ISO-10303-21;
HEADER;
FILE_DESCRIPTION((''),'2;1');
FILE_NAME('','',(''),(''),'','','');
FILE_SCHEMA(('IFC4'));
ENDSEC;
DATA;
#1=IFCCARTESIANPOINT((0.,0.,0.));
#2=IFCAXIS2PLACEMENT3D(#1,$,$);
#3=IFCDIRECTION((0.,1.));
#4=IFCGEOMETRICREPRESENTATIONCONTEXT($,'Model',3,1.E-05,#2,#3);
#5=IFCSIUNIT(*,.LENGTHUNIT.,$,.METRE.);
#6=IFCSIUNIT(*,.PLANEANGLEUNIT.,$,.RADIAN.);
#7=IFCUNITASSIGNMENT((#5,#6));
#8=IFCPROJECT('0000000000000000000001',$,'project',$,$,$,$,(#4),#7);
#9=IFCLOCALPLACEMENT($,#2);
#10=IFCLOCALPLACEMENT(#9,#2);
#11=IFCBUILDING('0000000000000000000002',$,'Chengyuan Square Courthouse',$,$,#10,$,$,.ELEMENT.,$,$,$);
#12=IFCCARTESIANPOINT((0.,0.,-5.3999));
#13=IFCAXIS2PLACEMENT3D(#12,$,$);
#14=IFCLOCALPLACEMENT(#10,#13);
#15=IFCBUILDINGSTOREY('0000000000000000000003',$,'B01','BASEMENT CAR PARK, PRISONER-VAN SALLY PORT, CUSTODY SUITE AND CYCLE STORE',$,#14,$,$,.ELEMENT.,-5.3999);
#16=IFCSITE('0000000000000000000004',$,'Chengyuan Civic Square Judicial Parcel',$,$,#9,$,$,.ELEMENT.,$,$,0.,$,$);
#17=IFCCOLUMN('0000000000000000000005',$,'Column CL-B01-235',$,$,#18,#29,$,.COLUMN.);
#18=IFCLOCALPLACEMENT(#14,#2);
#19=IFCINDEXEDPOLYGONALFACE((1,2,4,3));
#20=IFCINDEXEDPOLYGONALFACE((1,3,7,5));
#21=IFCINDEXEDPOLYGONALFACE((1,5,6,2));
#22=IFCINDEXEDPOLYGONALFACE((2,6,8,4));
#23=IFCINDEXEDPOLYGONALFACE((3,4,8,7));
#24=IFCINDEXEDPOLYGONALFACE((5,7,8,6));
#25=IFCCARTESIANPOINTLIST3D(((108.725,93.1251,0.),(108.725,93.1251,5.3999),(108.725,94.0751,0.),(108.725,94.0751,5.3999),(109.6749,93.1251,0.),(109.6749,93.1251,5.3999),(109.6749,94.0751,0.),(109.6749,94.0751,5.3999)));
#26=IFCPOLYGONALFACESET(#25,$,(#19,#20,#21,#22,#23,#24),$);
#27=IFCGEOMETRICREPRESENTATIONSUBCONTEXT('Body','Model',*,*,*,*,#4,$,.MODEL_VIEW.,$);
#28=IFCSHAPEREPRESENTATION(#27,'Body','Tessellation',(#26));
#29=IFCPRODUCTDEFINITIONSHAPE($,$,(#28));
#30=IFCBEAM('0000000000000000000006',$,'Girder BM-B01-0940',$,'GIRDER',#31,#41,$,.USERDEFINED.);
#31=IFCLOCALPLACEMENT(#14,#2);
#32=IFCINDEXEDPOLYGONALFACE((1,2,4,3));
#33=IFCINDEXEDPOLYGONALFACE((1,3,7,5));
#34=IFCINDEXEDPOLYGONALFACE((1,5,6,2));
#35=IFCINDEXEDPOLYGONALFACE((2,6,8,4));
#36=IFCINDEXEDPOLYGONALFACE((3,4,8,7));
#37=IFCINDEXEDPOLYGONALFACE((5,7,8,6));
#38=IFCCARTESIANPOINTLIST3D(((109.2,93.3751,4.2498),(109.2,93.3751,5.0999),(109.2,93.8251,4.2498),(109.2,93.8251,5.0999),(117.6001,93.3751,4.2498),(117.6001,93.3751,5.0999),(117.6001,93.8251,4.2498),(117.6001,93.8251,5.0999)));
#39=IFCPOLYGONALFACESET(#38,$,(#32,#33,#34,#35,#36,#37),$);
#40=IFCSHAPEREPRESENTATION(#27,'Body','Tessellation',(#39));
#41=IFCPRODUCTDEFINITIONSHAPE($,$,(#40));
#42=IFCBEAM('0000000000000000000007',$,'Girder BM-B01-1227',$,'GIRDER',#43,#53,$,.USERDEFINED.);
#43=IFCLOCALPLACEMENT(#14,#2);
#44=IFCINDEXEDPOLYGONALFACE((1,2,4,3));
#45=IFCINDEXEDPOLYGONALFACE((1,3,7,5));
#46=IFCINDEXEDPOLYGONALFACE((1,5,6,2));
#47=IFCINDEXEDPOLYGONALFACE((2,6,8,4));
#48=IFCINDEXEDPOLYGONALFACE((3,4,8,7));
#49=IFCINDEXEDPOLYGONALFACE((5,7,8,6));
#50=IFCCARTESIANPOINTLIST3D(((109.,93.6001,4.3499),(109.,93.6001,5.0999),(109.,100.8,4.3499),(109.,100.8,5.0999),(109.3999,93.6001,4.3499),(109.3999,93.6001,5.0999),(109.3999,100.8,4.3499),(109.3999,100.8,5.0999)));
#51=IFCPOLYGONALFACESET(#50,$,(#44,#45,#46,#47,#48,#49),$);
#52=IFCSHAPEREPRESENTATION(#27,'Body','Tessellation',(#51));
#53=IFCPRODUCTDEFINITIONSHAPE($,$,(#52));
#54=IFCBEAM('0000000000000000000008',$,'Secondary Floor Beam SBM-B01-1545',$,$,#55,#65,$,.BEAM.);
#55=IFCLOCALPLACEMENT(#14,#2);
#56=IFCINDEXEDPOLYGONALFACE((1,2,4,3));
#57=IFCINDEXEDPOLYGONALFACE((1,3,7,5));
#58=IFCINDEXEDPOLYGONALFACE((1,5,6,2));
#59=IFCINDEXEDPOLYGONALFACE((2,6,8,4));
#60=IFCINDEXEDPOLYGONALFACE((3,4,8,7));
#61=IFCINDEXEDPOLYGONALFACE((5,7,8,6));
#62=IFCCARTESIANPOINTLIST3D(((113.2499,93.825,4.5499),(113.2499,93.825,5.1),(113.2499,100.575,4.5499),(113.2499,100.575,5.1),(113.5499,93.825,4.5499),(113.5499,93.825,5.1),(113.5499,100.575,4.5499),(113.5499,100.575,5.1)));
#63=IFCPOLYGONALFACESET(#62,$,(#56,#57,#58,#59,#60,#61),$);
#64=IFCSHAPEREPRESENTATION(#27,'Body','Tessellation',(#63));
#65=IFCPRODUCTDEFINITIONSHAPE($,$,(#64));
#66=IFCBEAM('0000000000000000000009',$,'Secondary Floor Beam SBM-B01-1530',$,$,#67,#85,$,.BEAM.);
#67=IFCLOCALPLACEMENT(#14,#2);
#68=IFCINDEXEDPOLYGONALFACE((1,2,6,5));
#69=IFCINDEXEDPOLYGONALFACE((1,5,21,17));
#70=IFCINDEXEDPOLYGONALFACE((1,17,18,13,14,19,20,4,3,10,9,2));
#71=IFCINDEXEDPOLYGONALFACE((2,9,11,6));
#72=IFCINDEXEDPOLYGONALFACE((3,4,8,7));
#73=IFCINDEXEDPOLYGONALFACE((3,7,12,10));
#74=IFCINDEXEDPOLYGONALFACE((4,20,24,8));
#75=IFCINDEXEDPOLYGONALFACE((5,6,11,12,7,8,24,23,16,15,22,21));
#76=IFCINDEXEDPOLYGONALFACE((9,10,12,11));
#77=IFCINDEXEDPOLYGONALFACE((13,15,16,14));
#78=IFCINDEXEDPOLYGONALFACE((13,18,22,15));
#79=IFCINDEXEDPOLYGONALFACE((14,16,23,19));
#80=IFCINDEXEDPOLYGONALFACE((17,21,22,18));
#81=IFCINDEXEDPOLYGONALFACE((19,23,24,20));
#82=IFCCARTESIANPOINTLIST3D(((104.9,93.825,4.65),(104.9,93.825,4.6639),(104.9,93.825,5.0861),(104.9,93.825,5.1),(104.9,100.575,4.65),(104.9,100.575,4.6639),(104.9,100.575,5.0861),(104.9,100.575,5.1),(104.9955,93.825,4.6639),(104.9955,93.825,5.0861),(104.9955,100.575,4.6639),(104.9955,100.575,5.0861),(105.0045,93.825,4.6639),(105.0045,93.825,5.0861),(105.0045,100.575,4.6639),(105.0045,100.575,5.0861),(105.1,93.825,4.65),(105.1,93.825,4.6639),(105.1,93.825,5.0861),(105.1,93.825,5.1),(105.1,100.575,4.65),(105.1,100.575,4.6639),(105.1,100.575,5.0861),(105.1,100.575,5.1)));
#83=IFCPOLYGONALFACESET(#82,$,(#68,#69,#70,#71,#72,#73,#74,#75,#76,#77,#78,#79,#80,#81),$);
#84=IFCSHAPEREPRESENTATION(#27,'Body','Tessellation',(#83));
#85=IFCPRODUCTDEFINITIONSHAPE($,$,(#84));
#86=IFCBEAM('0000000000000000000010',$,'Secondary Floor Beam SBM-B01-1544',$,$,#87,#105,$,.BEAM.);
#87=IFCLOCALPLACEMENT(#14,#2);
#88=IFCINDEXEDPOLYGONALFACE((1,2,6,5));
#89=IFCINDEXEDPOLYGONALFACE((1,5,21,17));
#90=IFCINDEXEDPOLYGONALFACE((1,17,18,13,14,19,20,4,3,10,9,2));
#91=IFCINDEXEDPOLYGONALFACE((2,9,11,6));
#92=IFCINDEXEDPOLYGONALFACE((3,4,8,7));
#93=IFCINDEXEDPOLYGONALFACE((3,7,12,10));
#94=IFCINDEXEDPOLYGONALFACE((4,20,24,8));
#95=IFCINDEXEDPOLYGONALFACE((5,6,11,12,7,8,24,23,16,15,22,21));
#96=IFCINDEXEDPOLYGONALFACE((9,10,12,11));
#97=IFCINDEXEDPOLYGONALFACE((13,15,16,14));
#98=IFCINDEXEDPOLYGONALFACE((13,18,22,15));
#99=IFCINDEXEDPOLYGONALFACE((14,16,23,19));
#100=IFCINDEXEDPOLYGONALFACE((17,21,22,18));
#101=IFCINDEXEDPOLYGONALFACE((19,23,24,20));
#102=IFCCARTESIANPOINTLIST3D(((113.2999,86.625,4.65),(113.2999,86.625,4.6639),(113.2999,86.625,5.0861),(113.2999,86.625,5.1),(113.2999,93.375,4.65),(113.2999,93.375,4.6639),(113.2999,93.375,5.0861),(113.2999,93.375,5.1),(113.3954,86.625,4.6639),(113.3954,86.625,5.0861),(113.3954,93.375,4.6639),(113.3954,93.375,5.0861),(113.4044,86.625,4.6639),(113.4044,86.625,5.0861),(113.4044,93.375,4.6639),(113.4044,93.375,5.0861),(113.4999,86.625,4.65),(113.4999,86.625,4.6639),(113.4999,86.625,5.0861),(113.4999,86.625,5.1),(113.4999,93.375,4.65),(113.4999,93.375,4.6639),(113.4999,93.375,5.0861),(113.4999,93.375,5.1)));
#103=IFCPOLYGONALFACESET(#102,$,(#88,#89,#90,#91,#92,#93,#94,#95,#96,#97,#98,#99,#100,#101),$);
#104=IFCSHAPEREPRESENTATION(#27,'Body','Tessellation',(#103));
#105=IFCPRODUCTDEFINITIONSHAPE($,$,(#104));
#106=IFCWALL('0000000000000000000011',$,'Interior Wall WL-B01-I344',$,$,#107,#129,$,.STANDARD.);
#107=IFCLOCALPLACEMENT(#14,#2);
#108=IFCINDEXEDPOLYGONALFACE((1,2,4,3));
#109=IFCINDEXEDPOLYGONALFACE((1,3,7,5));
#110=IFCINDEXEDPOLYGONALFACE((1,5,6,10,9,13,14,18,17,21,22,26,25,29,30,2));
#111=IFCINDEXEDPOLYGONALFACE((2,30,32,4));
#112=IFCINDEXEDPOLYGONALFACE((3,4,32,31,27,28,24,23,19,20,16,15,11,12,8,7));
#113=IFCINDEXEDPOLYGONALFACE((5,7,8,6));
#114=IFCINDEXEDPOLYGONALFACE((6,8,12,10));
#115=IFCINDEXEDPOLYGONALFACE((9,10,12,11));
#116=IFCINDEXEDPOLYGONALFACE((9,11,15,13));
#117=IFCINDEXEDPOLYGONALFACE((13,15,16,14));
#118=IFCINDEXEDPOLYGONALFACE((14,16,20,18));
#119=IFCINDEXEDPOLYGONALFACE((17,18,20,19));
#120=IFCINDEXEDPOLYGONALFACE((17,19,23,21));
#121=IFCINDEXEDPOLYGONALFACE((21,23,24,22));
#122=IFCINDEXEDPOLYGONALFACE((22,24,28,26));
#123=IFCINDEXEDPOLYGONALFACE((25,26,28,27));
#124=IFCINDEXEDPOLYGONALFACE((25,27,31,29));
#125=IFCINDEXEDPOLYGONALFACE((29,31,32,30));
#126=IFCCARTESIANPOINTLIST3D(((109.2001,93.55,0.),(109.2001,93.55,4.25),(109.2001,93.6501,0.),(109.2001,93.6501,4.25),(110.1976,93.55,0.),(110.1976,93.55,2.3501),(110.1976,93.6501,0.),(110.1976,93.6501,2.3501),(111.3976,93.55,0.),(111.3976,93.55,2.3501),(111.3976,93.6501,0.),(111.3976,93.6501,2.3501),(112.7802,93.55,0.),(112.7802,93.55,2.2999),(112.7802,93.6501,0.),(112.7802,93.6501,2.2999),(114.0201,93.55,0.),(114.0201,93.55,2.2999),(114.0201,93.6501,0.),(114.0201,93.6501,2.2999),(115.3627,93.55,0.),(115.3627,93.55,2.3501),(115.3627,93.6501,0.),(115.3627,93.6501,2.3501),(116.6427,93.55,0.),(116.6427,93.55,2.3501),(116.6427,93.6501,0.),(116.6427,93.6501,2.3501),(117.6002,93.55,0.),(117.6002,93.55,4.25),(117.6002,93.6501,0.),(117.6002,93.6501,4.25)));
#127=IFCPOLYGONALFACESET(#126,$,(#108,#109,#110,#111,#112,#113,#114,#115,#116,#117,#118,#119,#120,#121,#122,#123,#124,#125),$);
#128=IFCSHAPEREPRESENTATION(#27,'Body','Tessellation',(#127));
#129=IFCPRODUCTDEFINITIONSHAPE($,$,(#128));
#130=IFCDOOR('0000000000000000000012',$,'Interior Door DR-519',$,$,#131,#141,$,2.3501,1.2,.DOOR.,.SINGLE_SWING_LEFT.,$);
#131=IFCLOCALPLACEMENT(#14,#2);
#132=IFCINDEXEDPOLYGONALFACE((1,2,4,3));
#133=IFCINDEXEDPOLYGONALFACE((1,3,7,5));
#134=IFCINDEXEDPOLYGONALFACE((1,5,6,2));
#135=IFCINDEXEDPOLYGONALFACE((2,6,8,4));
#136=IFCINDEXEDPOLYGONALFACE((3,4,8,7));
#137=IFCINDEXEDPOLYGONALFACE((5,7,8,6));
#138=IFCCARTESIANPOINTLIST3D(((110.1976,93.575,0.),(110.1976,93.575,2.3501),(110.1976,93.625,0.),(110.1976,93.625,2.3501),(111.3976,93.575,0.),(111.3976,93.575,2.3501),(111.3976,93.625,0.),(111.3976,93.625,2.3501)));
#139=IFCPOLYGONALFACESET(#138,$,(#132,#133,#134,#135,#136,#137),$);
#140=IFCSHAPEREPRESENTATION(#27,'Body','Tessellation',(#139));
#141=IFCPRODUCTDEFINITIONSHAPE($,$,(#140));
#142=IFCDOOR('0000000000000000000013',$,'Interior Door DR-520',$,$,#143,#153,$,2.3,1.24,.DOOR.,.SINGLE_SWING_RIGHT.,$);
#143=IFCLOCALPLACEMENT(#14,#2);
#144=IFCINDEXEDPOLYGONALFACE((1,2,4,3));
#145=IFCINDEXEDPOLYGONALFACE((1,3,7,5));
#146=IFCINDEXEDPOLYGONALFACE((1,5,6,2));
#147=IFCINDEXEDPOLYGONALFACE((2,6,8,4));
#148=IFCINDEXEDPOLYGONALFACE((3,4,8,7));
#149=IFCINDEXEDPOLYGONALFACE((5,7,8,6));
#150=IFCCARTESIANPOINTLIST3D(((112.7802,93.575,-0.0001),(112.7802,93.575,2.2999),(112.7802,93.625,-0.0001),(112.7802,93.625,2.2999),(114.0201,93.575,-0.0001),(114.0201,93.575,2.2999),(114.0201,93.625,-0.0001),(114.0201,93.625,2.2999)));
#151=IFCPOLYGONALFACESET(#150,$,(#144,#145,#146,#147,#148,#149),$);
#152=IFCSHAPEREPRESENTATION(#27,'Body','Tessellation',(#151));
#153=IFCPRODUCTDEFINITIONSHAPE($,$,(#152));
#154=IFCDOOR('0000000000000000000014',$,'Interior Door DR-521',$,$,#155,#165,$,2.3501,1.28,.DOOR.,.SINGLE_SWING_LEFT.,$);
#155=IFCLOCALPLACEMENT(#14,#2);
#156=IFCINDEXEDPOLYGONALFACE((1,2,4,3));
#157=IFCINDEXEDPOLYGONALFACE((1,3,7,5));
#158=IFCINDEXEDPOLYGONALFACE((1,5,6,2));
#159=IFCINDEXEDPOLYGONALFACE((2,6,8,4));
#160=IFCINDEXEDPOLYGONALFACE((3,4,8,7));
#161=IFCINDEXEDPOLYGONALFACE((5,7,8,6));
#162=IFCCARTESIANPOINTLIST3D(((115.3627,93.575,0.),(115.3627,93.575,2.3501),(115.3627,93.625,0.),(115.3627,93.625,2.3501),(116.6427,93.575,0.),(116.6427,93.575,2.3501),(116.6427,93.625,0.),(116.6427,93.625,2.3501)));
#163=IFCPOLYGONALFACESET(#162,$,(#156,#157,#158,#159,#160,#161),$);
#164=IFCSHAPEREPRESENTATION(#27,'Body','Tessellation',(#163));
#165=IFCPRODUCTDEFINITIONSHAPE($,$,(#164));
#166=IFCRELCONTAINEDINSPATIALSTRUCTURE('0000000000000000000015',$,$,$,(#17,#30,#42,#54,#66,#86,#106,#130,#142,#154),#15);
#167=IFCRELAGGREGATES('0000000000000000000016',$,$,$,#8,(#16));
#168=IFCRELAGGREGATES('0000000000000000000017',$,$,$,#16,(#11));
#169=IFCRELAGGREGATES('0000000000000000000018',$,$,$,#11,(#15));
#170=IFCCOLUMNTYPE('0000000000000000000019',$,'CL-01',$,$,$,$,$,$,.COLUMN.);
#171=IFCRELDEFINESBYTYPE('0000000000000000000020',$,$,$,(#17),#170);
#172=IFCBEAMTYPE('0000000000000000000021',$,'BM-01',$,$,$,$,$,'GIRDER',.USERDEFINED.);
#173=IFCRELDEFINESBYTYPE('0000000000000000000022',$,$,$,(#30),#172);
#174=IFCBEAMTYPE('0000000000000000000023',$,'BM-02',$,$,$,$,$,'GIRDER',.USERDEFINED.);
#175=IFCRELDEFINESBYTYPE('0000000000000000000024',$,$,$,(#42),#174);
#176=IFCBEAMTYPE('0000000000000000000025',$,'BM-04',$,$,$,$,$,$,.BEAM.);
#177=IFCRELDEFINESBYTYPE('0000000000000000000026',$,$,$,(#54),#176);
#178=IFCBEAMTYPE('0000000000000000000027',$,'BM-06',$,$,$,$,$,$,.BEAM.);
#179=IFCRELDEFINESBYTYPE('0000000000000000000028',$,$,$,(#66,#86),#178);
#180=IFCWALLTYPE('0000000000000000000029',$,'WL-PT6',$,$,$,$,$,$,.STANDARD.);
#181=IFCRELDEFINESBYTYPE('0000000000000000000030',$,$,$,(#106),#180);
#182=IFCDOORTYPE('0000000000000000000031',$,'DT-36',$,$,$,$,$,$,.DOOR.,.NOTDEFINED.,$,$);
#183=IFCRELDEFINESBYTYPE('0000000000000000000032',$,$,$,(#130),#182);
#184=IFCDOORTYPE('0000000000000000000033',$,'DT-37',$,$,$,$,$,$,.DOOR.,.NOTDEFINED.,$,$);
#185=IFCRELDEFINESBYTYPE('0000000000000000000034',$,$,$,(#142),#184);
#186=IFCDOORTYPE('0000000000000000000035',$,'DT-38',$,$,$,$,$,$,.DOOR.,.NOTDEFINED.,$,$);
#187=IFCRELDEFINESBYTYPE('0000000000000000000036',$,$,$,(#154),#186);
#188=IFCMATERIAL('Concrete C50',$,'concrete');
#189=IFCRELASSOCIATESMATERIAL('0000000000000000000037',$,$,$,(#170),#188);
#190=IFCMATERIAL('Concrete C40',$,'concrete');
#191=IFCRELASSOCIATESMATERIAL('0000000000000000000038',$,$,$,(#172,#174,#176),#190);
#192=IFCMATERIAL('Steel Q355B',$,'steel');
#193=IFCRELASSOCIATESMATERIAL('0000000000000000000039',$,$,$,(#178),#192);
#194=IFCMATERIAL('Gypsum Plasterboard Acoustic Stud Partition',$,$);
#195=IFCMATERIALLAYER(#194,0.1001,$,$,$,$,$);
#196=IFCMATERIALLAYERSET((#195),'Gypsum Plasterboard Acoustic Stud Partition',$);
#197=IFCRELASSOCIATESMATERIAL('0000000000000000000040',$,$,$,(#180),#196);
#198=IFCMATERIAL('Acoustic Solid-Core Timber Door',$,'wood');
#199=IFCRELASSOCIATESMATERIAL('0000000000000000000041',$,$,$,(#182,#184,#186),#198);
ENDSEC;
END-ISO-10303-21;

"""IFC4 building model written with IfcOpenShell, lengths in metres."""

from ifc_helpers import new_model, si_unit, direction, frame, frame_2d, origin, origin_2d, place, context, subcontext, project, spatial, rectangle, i_section, extrude, material, layer, layer_set, material_profile, profile_set, type_object, element, fill, save


model = new_model("IFC4")

# Units and contexts
model_context = context("Model", 3, precision=1e-05, world=origin(), true_north=direction((0.0, 1.0)))
body_context = subcontext(model_context, "Body", "Model", "MODEL_VIEW")
ifc_project = project(units=[si_unit("LENGTHUNIT", "METRE"), si_unit("PLANEANGLEUNIT", "RADIAN")], contexts=[model_context])

# Site, building, storey
site_placement = place(None, origin())
site = spatial("IfcSite", under=ifc_project, at=site_placement, Name="Chengyuan Civic Square Judicial Parcel", CompositionType="ELEMENT", RefElevation=0.0)
building_placement = place(site_placement, origin())
building = spatial("IfcBuilding", under=site, at=building_placement, Name="Chengyuan Square Courthouse", CompositionType="ELEMENT")
storey_placement = place(building_placement, frame((0.0, 0.0, -5.3999)))
storey = spatial("IfcBuildingStorey", under=building, at=storey_placement, Name="B01", Description="BASEMENT CAR PARK, PRISONER-VAN SALLY PORT, CUSTODY SUITE AND CYCLE STORE", CompositionType="ELEMENT", Elevation=-5.3999)

# Column
ifc_material_1 = material(Name="Concrete C50", Category="concrete")
ifc_material_profile_1 = material_profile(ifc_material_1, rectangle(XDim=0.95, YDim=0.95, at=origin_2d()), Name="RC-COL-950x950")
ifc_profile_set_1 = profile_set([ifc_material_profile_1], Name="Concrete C50")
column_type = type_object("IfcColumnType", Name="CL-01", PredefinedType="COLUMN", material=ifc_profile_set_1)
column_placement = place(storey_placement, frame((109.2, 93.6001, 0.0), z_axis=(0.0, 0.0, 1.0), x_axis=(1.0, 0.0, 0.0)))
element("IfcColumn", 1, at=column_placement, inside=storey, type_object=column_type, Name="Column CL-B01-235", PredefinedType="COLUMN", context=body_context, shape_type="SweptSolid", body=[
    extrude(rectangle(XDim=0.95, YDim=0.95, at=origin_2d()), origin(), (0.0, 0.0, 1.0), 5.3999),
])

# Beams
ifc_material_2 = material(Name="Concrete C40", Category="concrete")
ifc_material_profile_2 = material_profile(ifc_material_2, rectangle(XDim=0.45, YDim=0.8501, at=origin_2d()), Name="RC-BM-450x850")
ifc_profile_set_2 = profile_set([ifc_material_profile_2], Name="Concrete C40")
beam_type_1 = type_object("IfcBeamType", Name="BM-01", ElementType="GIRDER", PredefinedType="USERDEFINED", material=ifc_profile_set_2)
beam_1_placement = place(storey_placement, frame((109.2, 93.6001, 4.6748), z_axis=(1.0, 0.0, 0.0), x_axis=(0.0, 1.0, 0.0)))
element("IfcBeam", 2, at=beam_1_placement, inside=storey, type_object=beam_type_1, Name="Girder BM-B01-0940", ObjectType="GIRDER", PredefinedType="USERDEFINED", context=body_context, shape_type="SweptSolid", body=[
    extrude(rectangle(XDim=0.45, YDim=0.8501, at=origin_2d()), origin(), (0.0, 0.0, 1.0), 8.4001),
])
ifc_material_profile_3 = material_profile(ifc_material_2, rectangle(XDim=0.3999, YDim=0.75, at=origin_2d()), Name="RC-BM-400x750")
ifc_profile_set_3 = profile_set([ifc_material_profile_3], Name="Concrete C40")
beam_type_2 = type_object("IfcBeamType", Name="BM-02", ElementType="GIRDER", PredefinedType="USERDEFINED", material=ifc_profile_set_3)
beam_2_placement = place(storey_placement, frame((109.2, 93.6001, 4.7249), z_axis=(0.0, 1.0, 0.0), x_axis=(-1.0, 0.0, 0.0)))
element("IfcBeam", 3, at=beam_2_placement, inside=storey, type_object=beam_type_2, Name="Girder BM-B01-1227", ObjectType="GIRDER", PredefinedType="USERDEFINED", context=body_context, shape_type="SweptSolid", body=[
    extrude(rectangle(XDim=0.3999, YDim=0.75, at=origin_2d()), origin(), (0.0, 0.0, 1.0), 7.2),
])
ifc_material_profile_4 = material_profile(ifc_material_2, rectangle(XDim=0.3, YDim=0.55, at=origin_2d()), Name="RC-BM-300x550")
ifc_profile_set_4 = profile_set([ifc_material_profile_4], Name="Concrete C40")
beam_type_3 = type_object("IfcBeamType", Name="BM-04", PredefinedType="BEAM", material=ifc_profile_set_4)
beam_3_placement = place(storey_placement, frame((113.3999, 93.825, 4.825), z_axis=(0.0, 1.0, 0.0), x_axis=(-1.0, 0.0, 0.0)))
element("IfcBeam", 4, at=beam_3_placement, inside=storey, type_object=beam_type_3, Name="Secondary Floor Beam SBM-B01-1545", PredefinedType="BEAM", context=body_context, shape_type="SweptSolid", body=[
    extrude(rectangle(XDim=0.3, YDim=0.55, at=origin_2d()), origin(), (0.0, 0.0, 1.0), 6.75),
])
ifc_material_3 = material(Name="Steel Q355B", Category="steel")
ifc_material_profile_5 = material_profile(ifc_material_3, i_section(OverallWidth=0.2, OverallDepth=0.45, WebThickness=0.009, FlangeThickness=0.0139, at=origin_2d()), Name="HN 450x200x9x14")
ifc_profile_set_5 = profile_set([ifc_material_profile_5], Name="Steel Q355B")
beam_type_4 = type_object("IfcBeamType", Name="BM-06", PredefinedType="BEAM", material=ifc_profile_set_5)
for number, where, z_axis, x_axis, name in (
    (5, (105.0, 93.825, 4.875), (0.0, 1.0, 0.0), (-1.0, 0.0, 0.0), "Secondary Floor Beam SBM-B01-1530"),
    (6, (113.3999, 86.625, 4.875), (0.0, 1.0, 0.0), (-1.0, 0.0, 0.0), "Secondary Floor Beam SBM-B01-1544"),
):
    element("IfcBeam", number, at=place(storey_placement, frame(where, z_axis=z_axis, x_axis=x_axis)), inside=storey, type_object=beam_type_4, Name=name, PredefinedType="BEAM", context=body_context, shape_type="SweptSolid", body=[
        extrude(i_section(OverallWidth=0.2, OverallDepth=0.45, WebThickness=0.009, FlangeThickness=0.0139, at=origin_2d()), origin(), (0.0, 0.0, 1.0), 6.75),
    ])

# Wall, openings, doors
ifc_material_4 = material(Name="Gypsum Plasterboard Acoustic Stud Partition")
ifc_layer_1 = layer(ifc_material_4, 0.1001)
ifc_layer_set_1 = layer_set([ifc_layer_1], Name="Gypsum Plasterboard Acoustic Stud Partition")
wall_type_1 = type_object("IfcWallType", Name="WL-PT6", PredefinedType="STANDARD", material=ifc_layer_set_1)
wall_1_placement = place(storey_placement, frame((109.2, 93.6001, 0.0), z_axis=(0.0, 0.0, 1.0), x_axis=(1.0, 0.0, 0.0)))
wall_1 = element("IfcWall", 7, at=wall_1_placement, inside=storey, type_object=wall_type_1, Name="Interior Wall WL-B01-I344", PredefinedType="STANDARD", context=body_context, shape_type="SweptSolid", body=[
    extrude(rectangle(XDim=8.4001, YDim=0.1001, at=frame_2d((4.2002, 0.0))), origin(), (0.0, 0.0, 1.0), 4.25),
])
opening_1_placement = place(wall_1_placement, frame((0.9976, 0.0, 0.0)))
opening_1 = element("IfcOpeningElement", 8, at=opening_1_placement, cuts=wall_1, PredefinedType="OPENING", context=body_context, shape_type="SweptSolid", body=[
    extrude(rectangle(XDim=1.2, YDim=2.3501, at=frame_2d((0.6001, 1.175))), frame((0.0, 0.062, 0.0), z_axis=(0.0, -1.0, 0.0), x_axis=(1.0, 0.0, 0.0)), (0.0, 0.0, 1.0), 0.124),
])
opening_2_placement = place(wall_1_placement, frame((3.5801, 0.0, 0.0)))
opening_2 = element("IfcOpeningElement", 9, at=opening_2_placement, cuts=wall_1, PredefinedType="OPENING", context=body_context, shape_type="SweptSolid", body=[
    extrude(rectangle(XDim=1.24, YDim=2.3, at=frame_2d((0.6201, 1.1499))), frame((0.0, 0.062, 0.0), z_axis=(0.0, -1.0, 0.0), x_axis=(1.0, 0.0, 0.0)), (0.0, 0.0, 1.0), 0.124),
])
opening_3_placement = place(wall_1_placement, frame((6.1626, 0.0, 0.0)))
opening_3 = element("IfcOpeningElement", 10, at=opening_3_placement, cuts=wall_1, PredefinedType="OPENING", context=body_context, shape_type="SweptSolid", body=[
    extrude(rectangle(XDim=1.28, YDim=2.3501, at=frame_2d((0.6401, 1.175))), frame((0.0, 0.062, 0.0), z_axis=(0.0, -1.0, 0.0), x_axis=(1.0, 0.0, 0.0)), (0.0, 0.0, 1.0), 0.124),
])
ifc_material_5 = material(Name="Acoustic Solid-Core Timber Door", Category="wood")
door_type_1 = type_object("IfcDoorType", Name="DT-36", OperationType="NOTDEFINED", PredefinedType="DOOR", material=ifc_material_5)
door_1_placement = place(opening_1_placement, origin())
door_1 = element("IfcDoor", 11, at=door_1_placement, inside=storey, type_object=door_type_1, Name="Interior Door DR-519", OperationType="SINGLE_SWING_LEFT", OverallHeight=2.3501, OverallWidth=1.2, PredefinedType="DOOR", context=body_context, shape_type="SweptSolid", body=[
    extrude(rectangle(XDim=1.2, YDim=2.3501, at=frame_2d((0.6001, 1.175))), frame((0.0, 0.0249, 0.0), z_axis=(0.0, -1.0, 0.0), x_axis=(1.0, 0.0, 0.0)), (0.0, 0.0, 1.0), 0.05),
])
fill(opening_1, door_1)
door_type_2 = type_object("IfcDoorType", Name="DT-37", OperationType="NOTDEFINED", PredefinedType="DOOR", material=ifc_material_5)
door_2_placement = place(opening_2_placement, origin())
door_2 = element("IfcDoor", 12, at=door_2_placement, inside=storey, type_object=door_type_2, Name="Interior Door DR-520", OperationType="SINGLE_SWING_RIGHT", OverallHeight=2.3, OverallWidth=1.24, PredefinedType="DOOR", context=body_context, shape_type="SweptSolid", body=[
    extrude(rectangle(XDim=1.24, YDim=2.3, at=frame_2d((0.6201, 1.1499))), frame((0.0, 0.0249, 0.0), z_axis=(0.0, -1.0, 0.0), x_axis=(1.0, 0.0, 0.0)), (0.0, 0.0, 1.0), 0.05),
])
fill(opening_2, door_2)
door_type_3 = type_object("IfcDoorType", Name="DT-38", OperationType="NOTDEFINED", PredefinedType="DOOR", material=ifc_material_5)
door_3_placement = place(opening_3_placement, origin())
door_3 = element("IfcDoor", 13, at=door_3_placement, inside=storey, type_object=door_type_3, Name="Interior Door DR-521", OperationType="SINGLE_SWING_LEFT", OverallHeight=2.3501, OverallWidth=1.28, PredefinedType="DOOR", context=body_context, shape_type="SweptSolid", body=[
    extrude(rectangle(XDim=1.28, YDim=2.3501, at=frame_2d((0.6401, 1.175))), frame((0.0, 0.0249, 0.0), z_axis=(0.0, -1.0, 0.0), x_axis=(1.0, 0.0, 0.0)), (0.0, 0.0, 1.0), 0.05),
])
fill(opening_3, door_3)

save(model, "model.ifc")
